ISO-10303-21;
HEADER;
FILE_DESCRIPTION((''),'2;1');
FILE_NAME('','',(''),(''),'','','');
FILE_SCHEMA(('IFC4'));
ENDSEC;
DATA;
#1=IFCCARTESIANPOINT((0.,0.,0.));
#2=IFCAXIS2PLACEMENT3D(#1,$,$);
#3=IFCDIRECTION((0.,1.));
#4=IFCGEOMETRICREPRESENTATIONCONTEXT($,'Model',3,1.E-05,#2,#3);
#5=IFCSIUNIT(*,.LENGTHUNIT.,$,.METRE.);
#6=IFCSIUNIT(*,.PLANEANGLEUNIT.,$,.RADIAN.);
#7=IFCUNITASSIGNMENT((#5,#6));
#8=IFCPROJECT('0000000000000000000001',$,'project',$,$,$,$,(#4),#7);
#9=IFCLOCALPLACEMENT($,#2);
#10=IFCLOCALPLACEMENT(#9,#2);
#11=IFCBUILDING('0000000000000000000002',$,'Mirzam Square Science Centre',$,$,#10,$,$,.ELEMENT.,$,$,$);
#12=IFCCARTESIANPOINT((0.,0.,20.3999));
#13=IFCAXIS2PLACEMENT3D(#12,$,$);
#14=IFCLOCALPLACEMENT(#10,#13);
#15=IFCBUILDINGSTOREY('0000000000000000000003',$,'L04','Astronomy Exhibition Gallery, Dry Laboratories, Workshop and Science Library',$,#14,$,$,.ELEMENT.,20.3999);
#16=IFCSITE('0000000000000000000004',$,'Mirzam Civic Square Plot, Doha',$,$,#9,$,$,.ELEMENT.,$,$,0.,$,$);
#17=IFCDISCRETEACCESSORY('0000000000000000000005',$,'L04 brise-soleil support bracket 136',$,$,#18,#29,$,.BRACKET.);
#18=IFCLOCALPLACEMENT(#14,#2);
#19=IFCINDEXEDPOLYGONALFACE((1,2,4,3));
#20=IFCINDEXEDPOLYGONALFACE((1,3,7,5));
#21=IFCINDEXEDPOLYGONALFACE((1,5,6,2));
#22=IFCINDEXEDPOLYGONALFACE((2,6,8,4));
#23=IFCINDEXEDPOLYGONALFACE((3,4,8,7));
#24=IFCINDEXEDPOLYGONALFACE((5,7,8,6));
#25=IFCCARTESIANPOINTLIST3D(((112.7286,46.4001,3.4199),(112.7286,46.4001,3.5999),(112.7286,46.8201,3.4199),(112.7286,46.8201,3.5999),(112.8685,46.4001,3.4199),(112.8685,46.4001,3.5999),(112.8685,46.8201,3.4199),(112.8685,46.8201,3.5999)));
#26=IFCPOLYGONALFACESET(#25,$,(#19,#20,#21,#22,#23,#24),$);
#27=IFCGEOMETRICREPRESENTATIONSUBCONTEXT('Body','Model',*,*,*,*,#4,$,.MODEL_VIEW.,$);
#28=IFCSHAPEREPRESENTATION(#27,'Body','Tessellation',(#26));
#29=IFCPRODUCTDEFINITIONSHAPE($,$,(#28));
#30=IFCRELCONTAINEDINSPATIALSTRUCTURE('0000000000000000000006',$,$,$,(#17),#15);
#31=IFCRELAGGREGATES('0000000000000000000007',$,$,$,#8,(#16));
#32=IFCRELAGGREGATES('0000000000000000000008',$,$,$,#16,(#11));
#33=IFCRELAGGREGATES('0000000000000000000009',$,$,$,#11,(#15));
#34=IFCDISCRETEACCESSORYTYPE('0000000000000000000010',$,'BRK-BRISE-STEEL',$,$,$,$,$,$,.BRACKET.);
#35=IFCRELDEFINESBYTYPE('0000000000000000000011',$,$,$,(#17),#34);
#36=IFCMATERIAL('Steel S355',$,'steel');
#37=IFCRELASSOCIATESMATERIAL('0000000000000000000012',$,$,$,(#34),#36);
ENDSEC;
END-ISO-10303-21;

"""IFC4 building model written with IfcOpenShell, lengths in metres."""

from ifc_helpers import new_model, si_unit, direction, frame, origin, origin_2d, place, context, subcontext, project, spatial, rectangle, extrude, material, type_object, element, save


model = new_model("IFC4")

# Units and contexts
model_context = context("Model", 3, precision=1e-05, world=origin(), true_north=direction((0.0, 1.0)))
body_context = subcontext(model_context, "Body", "Model", "MODEL_VIEW")
ifc_project = project(units=[si_unit("LENGTHUNIT", "METRE"), si_unit("PLANEANGLEUNIT", "RADIAN")], contexts=[model_context])

# Site, building, storey
site_placement = place(None, origin())
site = spatial("IfcSite", under=ifc_project, at=site_placement, Name="Mirzam Civic Square Plot, Doha", CompositionType="ELEMENT", RefElevation=0.0)
building_placement = place(site_placement, origin())
building = spatial("IfcBuilding", under=site, at=building_placement, Name="Mirzam Square Science Centre", CompositionType="ELEMENT")
storey_placement = place(building_placement, frame((0.0, 0.0, 20.3999)))
storey = spatial("IfcBuildingStorey", under=building, at=storey_placement, Name="L04", Description="Astronomy Exhibition Gallery, Dry Laboratories, Workshop and Science Library", CompositionType="ELEMENT", Elevation=20.3999)

# Shared definitions
ifc_material_1 = material(Name="Steel S355", Category="steel")

# Discrete accessory
discrete_accessory_type = type_object("IfcDiscreteAccessoryType", Name="BRK-BRISE-STEEL", PredefinedType="BRACKET", material=ifc_material_1)
discrete_accessory_placement = place(storey_placement, frame((112.7986, 46.6101, 3.4199), z_axis=(0.0, 0.0, 1.0), x_axis=(1.0, 0.0, 0.0)))
element("IfcDiscreteAccessory", 1, at=discrete_accessory_placement, inside=storey, type_object=discrete_accessory_type, Name="L04 brise-soleil support bracket 136", PredefinedType="BRACKET", context=body_context, shape_type="SweptSolid", body=[
    extrude(rectangle(XDim=0.1399, YDim=0.4199, at=origin_2d()), origin(), (0.0, 0.0, 1.0), 0.1799),
])

save(model, "model.ifc")
